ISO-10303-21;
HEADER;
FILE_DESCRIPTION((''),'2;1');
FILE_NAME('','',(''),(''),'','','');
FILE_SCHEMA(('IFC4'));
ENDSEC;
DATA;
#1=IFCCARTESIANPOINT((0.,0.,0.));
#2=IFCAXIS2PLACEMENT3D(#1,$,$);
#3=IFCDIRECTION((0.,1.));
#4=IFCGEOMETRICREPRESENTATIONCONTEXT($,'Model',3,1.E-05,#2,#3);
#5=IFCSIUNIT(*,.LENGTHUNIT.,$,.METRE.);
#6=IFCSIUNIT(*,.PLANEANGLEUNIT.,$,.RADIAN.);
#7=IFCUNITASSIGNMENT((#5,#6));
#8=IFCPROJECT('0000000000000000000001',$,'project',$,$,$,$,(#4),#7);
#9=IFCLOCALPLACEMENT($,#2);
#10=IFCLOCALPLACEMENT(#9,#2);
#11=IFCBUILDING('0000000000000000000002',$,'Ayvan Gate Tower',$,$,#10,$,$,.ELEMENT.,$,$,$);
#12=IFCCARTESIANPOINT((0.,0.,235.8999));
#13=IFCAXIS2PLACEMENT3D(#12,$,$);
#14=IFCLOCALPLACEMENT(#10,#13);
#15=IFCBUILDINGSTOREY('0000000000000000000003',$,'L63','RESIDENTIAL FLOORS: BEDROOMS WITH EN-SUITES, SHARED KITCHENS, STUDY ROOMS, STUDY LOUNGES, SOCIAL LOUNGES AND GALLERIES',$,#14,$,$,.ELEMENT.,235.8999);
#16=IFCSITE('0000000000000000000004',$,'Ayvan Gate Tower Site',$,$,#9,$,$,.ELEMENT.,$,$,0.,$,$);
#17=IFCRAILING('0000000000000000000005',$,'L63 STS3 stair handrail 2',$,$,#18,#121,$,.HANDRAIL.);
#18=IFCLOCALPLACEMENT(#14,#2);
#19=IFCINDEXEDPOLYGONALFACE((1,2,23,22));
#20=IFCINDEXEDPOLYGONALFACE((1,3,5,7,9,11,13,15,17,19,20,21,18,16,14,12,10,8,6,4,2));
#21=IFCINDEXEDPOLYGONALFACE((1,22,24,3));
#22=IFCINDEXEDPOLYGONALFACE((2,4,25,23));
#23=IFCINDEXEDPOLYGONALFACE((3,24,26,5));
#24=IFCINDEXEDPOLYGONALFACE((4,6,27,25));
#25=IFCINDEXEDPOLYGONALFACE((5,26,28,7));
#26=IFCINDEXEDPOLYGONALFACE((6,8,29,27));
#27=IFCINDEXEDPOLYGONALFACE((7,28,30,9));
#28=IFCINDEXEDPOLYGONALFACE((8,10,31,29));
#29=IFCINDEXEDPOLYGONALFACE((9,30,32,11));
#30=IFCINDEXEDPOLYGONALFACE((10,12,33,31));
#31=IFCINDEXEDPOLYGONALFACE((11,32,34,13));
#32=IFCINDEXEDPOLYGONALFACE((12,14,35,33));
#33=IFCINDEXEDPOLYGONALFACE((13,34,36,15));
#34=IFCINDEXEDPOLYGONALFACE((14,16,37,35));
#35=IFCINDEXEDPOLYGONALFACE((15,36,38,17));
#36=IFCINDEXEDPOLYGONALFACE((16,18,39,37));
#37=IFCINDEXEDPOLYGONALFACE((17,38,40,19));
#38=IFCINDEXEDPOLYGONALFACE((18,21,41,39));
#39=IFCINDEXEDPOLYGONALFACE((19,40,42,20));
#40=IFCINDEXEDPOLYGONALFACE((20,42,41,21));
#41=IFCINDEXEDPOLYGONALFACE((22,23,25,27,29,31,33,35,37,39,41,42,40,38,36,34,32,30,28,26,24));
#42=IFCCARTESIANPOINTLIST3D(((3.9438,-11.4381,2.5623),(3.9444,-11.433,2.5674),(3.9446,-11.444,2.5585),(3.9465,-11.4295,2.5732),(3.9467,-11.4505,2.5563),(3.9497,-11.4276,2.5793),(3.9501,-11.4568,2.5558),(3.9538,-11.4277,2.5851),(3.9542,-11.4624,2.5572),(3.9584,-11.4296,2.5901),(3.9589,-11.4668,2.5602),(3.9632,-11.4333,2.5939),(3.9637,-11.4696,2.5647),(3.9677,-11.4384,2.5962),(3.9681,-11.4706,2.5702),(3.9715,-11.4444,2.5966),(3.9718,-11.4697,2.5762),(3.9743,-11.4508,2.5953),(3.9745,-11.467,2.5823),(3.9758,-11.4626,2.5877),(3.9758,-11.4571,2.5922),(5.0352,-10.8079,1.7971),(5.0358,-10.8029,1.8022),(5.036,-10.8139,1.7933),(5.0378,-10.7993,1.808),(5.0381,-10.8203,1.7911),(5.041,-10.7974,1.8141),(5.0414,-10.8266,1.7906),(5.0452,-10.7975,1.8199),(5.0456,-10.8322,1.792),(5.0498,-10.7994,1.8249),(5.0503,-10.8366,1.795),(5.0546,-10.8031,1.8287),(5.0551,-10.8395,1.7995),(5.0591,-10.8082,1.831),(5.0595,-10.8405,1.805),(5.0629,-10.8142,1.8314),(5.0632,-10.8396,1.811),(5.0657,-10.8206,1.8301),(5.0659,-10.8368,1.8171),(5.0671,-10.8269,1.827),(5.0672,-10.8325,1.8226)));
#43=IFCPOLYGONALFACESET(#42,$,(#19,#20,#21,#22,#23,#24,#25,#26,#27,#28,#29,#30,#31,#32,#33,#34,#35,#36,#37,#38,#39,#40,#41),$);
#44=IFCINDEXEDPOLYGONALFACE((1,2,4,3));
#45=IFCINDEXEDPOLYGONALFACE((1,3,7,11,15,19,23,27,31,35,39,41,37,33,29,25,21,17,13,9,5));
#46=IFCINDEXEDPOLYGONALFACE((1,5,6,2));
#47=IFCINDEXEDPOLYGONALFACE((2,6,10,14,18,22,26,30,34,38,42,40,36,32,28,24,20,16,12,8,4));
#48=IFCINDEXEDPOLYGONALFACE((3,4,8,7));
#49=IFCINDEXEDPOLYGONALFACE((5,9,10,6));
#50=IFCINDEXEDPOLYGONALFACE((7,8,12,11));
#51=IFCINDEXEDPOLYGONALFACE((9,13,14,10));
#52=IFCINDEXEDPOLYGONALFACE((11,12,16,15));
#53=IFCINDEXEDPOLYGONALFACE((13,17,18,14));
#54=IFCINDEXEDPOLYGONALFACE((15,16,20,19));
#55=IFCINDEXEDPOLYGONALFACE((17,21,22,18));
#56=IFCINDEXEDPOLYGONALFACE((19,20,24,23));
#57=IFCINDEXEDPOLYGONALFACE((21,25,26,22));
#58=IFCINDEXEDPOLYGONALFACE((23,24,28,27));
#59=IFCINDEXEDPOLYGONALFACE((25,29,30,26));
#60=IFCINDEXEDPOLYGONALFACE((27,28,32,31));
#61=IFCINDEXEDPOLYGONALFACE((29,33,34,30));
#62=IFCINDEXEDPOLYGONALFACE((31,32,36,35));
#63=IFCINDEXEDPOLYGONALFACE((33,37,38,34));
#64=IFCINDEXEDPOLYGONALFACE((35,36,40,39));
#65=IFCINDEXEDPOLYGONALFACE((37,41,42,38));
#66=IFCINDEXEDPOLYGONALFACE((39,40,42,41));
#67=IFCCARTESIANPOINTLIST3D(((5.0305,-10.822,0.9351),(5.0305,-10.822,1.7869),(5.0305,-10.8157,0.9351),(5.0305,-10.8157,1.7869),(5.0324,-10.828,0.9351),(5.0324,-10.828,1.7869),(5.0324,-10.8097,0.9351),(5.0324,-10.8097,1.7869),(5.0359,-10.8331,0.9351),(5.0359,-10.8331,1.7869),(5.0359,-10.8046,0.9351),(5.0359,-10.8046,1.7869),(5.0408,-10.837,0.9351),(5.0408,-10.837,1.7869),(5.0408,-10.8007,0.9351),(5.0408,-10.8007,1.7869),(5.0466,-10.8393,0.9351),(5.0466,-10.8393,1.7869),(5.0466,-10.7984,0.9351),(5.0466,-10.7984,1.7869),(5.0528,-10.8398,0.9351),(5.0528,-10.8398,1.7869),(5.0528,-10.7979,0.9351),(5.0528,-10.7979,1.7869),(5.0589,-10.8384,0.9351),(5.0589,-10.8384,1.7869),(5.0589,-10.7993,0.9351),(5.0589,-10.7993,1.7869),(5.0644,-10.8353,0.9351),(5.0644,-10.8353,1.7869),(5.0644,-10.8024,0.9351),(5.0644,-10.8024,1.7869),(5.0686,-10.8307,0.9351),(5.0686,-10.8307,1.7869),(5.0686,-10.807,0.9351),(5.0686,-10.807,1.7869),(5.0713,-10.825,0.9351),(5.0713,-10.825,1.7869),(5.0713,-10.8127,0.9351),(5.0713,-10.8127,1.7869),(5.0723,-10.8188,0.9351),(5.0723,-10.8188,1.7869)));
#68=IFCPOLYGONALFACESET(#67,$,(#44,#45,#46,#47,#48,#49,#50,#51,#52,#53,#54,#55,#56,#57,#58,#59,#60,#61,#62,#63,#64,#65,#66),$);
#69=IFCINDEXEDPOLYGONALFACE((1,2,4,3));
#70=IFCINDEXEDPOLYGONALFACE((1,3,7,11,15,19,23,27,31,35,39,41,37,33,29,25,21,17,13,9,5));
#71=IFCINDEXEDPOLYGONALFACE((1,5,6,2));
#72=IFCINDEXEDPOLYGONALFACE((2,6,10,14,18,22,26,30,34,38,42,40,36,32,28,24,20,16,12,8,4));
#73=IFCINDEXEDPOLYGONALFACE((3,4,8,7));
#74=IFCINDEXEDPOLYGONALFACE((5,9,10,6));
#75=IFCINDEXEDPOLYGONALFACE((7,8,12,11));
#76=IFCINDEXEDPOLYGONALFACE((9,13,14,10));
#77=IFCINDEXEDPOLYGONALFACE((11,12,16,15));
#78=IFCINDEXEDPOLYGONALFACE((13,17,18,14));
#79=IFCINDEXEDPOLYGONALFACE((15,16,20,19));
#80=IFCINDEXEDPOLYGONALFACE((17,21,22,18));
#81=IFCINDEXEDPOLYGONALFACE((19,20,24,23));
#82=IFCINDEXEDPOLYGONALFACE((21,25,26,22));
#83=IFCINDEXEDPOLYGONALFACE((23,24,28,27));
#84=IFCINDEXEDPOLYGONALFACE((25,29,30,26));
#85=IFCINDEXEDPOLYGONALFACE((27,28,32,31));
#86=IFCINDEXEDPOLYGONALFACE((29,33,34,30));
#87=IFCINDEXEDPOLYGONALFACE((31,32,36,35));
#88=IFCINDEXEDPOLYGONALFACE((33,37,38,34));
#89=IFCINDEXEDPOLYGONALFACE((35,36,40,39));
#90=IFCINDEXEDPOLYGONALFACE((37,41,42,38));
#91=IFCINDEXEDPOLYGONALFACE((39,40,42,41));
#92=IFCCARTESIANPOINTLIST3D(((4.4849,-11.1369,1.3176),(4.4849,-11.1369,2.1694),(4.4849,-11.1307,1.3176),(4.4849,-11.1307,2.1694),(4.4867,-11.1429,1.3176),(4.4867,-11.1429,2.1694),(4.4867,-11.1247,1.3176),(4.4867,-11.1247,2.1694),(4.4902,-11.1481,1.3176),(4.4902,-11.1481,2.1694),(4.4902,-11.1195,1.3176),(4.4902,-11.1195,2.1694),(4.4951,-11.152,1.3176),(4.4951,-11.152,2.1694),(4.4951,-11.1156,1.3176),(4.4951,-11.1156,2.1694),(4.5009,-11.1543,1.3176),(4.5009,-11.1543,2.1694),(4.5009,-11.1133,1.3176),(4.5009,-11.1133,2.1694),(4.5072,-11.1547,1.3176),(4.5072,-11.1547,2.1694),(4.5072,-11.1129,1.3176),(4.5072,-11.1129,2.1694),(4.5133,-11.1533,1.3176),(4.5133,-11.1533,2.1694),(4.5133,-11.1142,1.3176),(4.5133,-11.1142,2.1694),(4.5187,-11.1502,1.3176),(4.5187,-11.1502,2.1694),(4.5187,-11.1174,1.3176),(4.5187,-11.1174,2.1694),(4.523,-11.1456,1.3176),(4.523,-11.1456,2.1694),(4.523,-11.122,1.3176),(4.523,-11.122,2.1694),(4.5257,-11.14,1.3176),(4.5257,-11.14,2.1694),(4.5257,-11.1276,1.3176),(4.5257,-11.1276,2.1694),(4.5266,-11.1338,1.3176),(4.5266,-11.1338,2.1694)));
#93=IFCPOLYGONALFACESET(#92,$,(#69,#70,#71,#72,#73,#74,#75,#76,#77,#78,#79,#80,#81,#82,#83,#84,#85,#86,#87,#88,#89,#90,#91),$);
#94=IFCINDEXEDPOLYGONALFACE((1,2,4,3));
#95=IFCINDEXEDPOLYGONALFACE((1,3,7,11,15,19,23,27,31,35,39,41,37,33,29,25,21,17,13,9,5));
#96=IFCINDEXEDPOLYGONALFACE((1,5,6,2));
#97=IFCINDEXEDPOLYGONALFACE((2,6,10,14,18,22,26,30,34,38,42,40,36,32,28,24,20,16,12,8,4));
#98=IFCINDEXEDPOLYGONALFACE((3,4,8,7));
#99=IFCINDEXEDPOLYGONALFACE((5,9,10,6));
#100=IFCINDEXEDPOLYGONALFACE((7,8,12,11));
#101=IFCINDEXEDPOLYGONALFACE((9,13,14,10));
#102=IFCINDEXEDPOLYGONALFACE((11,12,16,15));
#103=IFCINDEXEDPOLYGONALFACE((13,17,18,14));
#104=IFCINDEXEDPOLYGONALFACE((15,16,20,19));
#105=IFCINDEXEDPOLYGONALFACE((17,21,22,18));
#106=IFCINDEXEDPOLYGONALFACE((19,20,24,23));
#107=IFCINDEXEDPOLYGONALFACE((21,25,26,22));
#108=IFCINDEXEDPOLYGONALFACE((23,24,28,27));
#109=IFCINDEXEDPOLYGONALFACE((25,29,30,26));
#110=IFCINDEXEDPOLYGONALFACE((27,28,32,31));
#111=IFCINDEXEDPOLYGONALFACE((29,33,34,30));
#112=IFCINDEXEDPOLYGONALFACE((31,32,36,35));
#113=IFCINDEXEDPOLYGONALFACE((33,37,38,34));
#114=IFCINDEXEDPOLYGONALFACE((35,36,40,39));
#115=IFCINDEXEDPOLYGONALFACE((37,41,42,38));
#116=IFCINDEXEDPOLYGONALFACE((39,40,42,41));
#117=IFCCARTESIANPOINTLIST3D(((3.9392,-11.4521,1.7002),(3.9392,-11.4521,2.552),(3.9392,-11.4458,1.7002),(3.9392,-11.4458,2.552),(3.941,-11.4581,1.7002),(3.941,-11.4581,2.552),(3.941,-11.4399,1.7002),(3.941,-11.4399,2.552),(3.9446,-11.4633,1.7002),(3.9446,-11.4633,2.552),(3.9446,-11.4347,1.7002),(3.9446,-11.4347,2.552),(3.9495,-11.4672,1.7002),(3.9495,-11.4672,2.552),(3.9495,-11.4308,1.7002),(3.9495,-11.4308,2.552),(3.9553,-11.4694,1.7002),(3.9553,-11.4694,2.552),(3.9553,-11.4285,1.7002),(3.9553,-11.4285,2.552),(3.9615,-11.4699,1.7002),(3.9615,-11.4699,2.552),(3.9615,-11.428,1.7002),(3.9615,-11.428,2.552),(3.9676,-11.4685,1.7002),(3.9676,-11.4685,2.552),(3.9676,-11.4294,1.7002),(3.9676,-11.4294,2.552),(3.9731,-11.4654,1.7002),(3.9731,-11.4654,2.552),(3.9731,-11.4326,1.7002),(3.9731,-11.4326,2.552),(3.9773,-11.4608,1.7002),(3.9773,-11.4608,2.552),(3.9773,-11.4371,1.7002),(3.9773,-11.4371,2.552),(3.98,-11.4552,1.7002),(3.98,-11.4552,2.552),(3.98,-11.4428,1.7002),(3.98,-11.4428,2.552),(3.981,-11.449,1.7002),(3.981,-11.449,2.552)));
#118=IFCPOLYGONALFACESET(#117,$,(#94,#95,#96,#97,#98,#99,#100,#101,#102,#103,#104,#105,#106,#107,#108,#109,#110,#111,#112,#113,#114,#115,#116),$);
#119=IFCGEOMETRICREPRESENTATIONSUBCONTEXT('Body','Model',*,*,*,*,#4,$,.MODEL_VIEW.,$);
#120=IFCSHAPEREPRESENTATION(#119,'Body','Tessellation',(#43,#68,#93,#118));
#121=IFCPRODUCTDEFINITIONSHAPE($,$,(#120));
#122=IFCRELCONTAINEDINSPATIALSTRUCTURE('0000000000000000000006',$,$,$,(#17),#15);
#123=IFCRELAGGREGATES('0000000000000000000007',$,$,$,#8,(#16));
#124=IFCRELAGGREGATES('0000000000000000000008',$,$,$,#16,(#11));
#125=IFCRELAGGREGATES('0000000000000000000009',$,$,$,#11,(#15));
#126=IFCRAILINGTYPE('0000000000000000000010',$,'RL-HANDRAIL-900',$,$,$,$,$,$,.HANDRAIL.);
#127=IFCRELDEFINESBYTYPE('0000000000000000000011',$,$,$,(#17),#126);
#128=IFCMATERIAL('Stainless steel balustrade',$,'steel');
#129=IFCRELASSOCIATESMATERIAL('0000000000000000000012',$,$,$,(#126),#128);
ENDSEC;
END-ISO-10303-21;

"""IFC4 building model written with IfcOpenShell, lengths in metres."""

from ifc_helpers import new_model, si_unit, direction, frame, origin, origin_2d, place, context, subcontext, project, spatial, circle, extrude, material, type_object, element, save


model = new_model("IFC4")

# Units and contexts
model_context = context("Model", 3, precision=1e-05, world=origin(), true_north=direction((0.0, 1.0)))
body_context = subcontext(model_context, "Body", "Model", "MODEL_VIEW")
ifc_project = project(units=[si_unit("LENGTHUNIT", "METRE"), si_unit("PLANEANGLEUNIT", "RADIAN")], contexts=[model_context])

# Site, building, storey
site_placement = place(None, origin())
site = spatial("IfcSite", under=ifc_project, at=site_placement, Name="Ayvan Gate Tower Site", CompositionType="ELEMENT", RefElevation=0.0)
building_placement = place(site_placement, origin())
building = spatial("IfcBuilding", under=site, at=building_placement, Name="Ayvan Gate Tower", CompositionType="ELEMENT")
storey_placement = place(building_placement, frame((0.0, 0.0, 235.8999)))
storey = spatial("IfcBuildingStorey", under=building, at=storey_placement, Name="L63", Description="RESIDENTIAL FLOORS: BEDROOMS WITH EN-SUITES, SHARED KITCHENS, STUDY ROOMS, STUDY LOUNGES, SOCIAL LOUNGES AND GALLERIES", CompositionType="ELEMENT", Elevation=235.8999)

# Railing
ifc_material_1 = material(Name="Stainless steel balustrade", Category="steel")
railing_type_1 = type_object("IfcRailingType", Name="RL-HANDRAIL-900", PredefinedType="HANDRAIL", material=ifc_material_1)
railing_1_placement = place(storey_placement, frame((5.0513, -10.8188, 0.9351)))
element("IfcRailing", 1, at=railing_1_placement, inside=storey, type_object=railing_type_1, Name="L63 STS3 stair handrail 2", PredefinedType="HANDRAIL", context=body_context, shape_type="SweptSolid", body=[
    extrude(circle(Radius=0.0239, at=origin_2d()), frame((0.0, 0.0, 0.876), z_axis=(-0.740241, -0.427419, 0.518996), x_axis=(0.500035, -0.866005, 0.0)), (0.0, 0.0, 1.0), 1.4744),
    extrude(circle(Radius=0.021, at=origin_2d()), origin(), (0.0, 0.0, 1.0), 0.8518),
    extrude(circle(Radius=0.021, at=origin_2d()), frame((-0.5457, -0.3149, 0.3826)), (0.0, 0.0, 1.0), 0.8518),
    extrude(circle(Radius=0.021, at=origin_2d()), frame((-1.0913, -0.6301, 0.7651)), (0.0, 0.0, 1.0), 0.8518),
])

save(model, "model.ifc")
